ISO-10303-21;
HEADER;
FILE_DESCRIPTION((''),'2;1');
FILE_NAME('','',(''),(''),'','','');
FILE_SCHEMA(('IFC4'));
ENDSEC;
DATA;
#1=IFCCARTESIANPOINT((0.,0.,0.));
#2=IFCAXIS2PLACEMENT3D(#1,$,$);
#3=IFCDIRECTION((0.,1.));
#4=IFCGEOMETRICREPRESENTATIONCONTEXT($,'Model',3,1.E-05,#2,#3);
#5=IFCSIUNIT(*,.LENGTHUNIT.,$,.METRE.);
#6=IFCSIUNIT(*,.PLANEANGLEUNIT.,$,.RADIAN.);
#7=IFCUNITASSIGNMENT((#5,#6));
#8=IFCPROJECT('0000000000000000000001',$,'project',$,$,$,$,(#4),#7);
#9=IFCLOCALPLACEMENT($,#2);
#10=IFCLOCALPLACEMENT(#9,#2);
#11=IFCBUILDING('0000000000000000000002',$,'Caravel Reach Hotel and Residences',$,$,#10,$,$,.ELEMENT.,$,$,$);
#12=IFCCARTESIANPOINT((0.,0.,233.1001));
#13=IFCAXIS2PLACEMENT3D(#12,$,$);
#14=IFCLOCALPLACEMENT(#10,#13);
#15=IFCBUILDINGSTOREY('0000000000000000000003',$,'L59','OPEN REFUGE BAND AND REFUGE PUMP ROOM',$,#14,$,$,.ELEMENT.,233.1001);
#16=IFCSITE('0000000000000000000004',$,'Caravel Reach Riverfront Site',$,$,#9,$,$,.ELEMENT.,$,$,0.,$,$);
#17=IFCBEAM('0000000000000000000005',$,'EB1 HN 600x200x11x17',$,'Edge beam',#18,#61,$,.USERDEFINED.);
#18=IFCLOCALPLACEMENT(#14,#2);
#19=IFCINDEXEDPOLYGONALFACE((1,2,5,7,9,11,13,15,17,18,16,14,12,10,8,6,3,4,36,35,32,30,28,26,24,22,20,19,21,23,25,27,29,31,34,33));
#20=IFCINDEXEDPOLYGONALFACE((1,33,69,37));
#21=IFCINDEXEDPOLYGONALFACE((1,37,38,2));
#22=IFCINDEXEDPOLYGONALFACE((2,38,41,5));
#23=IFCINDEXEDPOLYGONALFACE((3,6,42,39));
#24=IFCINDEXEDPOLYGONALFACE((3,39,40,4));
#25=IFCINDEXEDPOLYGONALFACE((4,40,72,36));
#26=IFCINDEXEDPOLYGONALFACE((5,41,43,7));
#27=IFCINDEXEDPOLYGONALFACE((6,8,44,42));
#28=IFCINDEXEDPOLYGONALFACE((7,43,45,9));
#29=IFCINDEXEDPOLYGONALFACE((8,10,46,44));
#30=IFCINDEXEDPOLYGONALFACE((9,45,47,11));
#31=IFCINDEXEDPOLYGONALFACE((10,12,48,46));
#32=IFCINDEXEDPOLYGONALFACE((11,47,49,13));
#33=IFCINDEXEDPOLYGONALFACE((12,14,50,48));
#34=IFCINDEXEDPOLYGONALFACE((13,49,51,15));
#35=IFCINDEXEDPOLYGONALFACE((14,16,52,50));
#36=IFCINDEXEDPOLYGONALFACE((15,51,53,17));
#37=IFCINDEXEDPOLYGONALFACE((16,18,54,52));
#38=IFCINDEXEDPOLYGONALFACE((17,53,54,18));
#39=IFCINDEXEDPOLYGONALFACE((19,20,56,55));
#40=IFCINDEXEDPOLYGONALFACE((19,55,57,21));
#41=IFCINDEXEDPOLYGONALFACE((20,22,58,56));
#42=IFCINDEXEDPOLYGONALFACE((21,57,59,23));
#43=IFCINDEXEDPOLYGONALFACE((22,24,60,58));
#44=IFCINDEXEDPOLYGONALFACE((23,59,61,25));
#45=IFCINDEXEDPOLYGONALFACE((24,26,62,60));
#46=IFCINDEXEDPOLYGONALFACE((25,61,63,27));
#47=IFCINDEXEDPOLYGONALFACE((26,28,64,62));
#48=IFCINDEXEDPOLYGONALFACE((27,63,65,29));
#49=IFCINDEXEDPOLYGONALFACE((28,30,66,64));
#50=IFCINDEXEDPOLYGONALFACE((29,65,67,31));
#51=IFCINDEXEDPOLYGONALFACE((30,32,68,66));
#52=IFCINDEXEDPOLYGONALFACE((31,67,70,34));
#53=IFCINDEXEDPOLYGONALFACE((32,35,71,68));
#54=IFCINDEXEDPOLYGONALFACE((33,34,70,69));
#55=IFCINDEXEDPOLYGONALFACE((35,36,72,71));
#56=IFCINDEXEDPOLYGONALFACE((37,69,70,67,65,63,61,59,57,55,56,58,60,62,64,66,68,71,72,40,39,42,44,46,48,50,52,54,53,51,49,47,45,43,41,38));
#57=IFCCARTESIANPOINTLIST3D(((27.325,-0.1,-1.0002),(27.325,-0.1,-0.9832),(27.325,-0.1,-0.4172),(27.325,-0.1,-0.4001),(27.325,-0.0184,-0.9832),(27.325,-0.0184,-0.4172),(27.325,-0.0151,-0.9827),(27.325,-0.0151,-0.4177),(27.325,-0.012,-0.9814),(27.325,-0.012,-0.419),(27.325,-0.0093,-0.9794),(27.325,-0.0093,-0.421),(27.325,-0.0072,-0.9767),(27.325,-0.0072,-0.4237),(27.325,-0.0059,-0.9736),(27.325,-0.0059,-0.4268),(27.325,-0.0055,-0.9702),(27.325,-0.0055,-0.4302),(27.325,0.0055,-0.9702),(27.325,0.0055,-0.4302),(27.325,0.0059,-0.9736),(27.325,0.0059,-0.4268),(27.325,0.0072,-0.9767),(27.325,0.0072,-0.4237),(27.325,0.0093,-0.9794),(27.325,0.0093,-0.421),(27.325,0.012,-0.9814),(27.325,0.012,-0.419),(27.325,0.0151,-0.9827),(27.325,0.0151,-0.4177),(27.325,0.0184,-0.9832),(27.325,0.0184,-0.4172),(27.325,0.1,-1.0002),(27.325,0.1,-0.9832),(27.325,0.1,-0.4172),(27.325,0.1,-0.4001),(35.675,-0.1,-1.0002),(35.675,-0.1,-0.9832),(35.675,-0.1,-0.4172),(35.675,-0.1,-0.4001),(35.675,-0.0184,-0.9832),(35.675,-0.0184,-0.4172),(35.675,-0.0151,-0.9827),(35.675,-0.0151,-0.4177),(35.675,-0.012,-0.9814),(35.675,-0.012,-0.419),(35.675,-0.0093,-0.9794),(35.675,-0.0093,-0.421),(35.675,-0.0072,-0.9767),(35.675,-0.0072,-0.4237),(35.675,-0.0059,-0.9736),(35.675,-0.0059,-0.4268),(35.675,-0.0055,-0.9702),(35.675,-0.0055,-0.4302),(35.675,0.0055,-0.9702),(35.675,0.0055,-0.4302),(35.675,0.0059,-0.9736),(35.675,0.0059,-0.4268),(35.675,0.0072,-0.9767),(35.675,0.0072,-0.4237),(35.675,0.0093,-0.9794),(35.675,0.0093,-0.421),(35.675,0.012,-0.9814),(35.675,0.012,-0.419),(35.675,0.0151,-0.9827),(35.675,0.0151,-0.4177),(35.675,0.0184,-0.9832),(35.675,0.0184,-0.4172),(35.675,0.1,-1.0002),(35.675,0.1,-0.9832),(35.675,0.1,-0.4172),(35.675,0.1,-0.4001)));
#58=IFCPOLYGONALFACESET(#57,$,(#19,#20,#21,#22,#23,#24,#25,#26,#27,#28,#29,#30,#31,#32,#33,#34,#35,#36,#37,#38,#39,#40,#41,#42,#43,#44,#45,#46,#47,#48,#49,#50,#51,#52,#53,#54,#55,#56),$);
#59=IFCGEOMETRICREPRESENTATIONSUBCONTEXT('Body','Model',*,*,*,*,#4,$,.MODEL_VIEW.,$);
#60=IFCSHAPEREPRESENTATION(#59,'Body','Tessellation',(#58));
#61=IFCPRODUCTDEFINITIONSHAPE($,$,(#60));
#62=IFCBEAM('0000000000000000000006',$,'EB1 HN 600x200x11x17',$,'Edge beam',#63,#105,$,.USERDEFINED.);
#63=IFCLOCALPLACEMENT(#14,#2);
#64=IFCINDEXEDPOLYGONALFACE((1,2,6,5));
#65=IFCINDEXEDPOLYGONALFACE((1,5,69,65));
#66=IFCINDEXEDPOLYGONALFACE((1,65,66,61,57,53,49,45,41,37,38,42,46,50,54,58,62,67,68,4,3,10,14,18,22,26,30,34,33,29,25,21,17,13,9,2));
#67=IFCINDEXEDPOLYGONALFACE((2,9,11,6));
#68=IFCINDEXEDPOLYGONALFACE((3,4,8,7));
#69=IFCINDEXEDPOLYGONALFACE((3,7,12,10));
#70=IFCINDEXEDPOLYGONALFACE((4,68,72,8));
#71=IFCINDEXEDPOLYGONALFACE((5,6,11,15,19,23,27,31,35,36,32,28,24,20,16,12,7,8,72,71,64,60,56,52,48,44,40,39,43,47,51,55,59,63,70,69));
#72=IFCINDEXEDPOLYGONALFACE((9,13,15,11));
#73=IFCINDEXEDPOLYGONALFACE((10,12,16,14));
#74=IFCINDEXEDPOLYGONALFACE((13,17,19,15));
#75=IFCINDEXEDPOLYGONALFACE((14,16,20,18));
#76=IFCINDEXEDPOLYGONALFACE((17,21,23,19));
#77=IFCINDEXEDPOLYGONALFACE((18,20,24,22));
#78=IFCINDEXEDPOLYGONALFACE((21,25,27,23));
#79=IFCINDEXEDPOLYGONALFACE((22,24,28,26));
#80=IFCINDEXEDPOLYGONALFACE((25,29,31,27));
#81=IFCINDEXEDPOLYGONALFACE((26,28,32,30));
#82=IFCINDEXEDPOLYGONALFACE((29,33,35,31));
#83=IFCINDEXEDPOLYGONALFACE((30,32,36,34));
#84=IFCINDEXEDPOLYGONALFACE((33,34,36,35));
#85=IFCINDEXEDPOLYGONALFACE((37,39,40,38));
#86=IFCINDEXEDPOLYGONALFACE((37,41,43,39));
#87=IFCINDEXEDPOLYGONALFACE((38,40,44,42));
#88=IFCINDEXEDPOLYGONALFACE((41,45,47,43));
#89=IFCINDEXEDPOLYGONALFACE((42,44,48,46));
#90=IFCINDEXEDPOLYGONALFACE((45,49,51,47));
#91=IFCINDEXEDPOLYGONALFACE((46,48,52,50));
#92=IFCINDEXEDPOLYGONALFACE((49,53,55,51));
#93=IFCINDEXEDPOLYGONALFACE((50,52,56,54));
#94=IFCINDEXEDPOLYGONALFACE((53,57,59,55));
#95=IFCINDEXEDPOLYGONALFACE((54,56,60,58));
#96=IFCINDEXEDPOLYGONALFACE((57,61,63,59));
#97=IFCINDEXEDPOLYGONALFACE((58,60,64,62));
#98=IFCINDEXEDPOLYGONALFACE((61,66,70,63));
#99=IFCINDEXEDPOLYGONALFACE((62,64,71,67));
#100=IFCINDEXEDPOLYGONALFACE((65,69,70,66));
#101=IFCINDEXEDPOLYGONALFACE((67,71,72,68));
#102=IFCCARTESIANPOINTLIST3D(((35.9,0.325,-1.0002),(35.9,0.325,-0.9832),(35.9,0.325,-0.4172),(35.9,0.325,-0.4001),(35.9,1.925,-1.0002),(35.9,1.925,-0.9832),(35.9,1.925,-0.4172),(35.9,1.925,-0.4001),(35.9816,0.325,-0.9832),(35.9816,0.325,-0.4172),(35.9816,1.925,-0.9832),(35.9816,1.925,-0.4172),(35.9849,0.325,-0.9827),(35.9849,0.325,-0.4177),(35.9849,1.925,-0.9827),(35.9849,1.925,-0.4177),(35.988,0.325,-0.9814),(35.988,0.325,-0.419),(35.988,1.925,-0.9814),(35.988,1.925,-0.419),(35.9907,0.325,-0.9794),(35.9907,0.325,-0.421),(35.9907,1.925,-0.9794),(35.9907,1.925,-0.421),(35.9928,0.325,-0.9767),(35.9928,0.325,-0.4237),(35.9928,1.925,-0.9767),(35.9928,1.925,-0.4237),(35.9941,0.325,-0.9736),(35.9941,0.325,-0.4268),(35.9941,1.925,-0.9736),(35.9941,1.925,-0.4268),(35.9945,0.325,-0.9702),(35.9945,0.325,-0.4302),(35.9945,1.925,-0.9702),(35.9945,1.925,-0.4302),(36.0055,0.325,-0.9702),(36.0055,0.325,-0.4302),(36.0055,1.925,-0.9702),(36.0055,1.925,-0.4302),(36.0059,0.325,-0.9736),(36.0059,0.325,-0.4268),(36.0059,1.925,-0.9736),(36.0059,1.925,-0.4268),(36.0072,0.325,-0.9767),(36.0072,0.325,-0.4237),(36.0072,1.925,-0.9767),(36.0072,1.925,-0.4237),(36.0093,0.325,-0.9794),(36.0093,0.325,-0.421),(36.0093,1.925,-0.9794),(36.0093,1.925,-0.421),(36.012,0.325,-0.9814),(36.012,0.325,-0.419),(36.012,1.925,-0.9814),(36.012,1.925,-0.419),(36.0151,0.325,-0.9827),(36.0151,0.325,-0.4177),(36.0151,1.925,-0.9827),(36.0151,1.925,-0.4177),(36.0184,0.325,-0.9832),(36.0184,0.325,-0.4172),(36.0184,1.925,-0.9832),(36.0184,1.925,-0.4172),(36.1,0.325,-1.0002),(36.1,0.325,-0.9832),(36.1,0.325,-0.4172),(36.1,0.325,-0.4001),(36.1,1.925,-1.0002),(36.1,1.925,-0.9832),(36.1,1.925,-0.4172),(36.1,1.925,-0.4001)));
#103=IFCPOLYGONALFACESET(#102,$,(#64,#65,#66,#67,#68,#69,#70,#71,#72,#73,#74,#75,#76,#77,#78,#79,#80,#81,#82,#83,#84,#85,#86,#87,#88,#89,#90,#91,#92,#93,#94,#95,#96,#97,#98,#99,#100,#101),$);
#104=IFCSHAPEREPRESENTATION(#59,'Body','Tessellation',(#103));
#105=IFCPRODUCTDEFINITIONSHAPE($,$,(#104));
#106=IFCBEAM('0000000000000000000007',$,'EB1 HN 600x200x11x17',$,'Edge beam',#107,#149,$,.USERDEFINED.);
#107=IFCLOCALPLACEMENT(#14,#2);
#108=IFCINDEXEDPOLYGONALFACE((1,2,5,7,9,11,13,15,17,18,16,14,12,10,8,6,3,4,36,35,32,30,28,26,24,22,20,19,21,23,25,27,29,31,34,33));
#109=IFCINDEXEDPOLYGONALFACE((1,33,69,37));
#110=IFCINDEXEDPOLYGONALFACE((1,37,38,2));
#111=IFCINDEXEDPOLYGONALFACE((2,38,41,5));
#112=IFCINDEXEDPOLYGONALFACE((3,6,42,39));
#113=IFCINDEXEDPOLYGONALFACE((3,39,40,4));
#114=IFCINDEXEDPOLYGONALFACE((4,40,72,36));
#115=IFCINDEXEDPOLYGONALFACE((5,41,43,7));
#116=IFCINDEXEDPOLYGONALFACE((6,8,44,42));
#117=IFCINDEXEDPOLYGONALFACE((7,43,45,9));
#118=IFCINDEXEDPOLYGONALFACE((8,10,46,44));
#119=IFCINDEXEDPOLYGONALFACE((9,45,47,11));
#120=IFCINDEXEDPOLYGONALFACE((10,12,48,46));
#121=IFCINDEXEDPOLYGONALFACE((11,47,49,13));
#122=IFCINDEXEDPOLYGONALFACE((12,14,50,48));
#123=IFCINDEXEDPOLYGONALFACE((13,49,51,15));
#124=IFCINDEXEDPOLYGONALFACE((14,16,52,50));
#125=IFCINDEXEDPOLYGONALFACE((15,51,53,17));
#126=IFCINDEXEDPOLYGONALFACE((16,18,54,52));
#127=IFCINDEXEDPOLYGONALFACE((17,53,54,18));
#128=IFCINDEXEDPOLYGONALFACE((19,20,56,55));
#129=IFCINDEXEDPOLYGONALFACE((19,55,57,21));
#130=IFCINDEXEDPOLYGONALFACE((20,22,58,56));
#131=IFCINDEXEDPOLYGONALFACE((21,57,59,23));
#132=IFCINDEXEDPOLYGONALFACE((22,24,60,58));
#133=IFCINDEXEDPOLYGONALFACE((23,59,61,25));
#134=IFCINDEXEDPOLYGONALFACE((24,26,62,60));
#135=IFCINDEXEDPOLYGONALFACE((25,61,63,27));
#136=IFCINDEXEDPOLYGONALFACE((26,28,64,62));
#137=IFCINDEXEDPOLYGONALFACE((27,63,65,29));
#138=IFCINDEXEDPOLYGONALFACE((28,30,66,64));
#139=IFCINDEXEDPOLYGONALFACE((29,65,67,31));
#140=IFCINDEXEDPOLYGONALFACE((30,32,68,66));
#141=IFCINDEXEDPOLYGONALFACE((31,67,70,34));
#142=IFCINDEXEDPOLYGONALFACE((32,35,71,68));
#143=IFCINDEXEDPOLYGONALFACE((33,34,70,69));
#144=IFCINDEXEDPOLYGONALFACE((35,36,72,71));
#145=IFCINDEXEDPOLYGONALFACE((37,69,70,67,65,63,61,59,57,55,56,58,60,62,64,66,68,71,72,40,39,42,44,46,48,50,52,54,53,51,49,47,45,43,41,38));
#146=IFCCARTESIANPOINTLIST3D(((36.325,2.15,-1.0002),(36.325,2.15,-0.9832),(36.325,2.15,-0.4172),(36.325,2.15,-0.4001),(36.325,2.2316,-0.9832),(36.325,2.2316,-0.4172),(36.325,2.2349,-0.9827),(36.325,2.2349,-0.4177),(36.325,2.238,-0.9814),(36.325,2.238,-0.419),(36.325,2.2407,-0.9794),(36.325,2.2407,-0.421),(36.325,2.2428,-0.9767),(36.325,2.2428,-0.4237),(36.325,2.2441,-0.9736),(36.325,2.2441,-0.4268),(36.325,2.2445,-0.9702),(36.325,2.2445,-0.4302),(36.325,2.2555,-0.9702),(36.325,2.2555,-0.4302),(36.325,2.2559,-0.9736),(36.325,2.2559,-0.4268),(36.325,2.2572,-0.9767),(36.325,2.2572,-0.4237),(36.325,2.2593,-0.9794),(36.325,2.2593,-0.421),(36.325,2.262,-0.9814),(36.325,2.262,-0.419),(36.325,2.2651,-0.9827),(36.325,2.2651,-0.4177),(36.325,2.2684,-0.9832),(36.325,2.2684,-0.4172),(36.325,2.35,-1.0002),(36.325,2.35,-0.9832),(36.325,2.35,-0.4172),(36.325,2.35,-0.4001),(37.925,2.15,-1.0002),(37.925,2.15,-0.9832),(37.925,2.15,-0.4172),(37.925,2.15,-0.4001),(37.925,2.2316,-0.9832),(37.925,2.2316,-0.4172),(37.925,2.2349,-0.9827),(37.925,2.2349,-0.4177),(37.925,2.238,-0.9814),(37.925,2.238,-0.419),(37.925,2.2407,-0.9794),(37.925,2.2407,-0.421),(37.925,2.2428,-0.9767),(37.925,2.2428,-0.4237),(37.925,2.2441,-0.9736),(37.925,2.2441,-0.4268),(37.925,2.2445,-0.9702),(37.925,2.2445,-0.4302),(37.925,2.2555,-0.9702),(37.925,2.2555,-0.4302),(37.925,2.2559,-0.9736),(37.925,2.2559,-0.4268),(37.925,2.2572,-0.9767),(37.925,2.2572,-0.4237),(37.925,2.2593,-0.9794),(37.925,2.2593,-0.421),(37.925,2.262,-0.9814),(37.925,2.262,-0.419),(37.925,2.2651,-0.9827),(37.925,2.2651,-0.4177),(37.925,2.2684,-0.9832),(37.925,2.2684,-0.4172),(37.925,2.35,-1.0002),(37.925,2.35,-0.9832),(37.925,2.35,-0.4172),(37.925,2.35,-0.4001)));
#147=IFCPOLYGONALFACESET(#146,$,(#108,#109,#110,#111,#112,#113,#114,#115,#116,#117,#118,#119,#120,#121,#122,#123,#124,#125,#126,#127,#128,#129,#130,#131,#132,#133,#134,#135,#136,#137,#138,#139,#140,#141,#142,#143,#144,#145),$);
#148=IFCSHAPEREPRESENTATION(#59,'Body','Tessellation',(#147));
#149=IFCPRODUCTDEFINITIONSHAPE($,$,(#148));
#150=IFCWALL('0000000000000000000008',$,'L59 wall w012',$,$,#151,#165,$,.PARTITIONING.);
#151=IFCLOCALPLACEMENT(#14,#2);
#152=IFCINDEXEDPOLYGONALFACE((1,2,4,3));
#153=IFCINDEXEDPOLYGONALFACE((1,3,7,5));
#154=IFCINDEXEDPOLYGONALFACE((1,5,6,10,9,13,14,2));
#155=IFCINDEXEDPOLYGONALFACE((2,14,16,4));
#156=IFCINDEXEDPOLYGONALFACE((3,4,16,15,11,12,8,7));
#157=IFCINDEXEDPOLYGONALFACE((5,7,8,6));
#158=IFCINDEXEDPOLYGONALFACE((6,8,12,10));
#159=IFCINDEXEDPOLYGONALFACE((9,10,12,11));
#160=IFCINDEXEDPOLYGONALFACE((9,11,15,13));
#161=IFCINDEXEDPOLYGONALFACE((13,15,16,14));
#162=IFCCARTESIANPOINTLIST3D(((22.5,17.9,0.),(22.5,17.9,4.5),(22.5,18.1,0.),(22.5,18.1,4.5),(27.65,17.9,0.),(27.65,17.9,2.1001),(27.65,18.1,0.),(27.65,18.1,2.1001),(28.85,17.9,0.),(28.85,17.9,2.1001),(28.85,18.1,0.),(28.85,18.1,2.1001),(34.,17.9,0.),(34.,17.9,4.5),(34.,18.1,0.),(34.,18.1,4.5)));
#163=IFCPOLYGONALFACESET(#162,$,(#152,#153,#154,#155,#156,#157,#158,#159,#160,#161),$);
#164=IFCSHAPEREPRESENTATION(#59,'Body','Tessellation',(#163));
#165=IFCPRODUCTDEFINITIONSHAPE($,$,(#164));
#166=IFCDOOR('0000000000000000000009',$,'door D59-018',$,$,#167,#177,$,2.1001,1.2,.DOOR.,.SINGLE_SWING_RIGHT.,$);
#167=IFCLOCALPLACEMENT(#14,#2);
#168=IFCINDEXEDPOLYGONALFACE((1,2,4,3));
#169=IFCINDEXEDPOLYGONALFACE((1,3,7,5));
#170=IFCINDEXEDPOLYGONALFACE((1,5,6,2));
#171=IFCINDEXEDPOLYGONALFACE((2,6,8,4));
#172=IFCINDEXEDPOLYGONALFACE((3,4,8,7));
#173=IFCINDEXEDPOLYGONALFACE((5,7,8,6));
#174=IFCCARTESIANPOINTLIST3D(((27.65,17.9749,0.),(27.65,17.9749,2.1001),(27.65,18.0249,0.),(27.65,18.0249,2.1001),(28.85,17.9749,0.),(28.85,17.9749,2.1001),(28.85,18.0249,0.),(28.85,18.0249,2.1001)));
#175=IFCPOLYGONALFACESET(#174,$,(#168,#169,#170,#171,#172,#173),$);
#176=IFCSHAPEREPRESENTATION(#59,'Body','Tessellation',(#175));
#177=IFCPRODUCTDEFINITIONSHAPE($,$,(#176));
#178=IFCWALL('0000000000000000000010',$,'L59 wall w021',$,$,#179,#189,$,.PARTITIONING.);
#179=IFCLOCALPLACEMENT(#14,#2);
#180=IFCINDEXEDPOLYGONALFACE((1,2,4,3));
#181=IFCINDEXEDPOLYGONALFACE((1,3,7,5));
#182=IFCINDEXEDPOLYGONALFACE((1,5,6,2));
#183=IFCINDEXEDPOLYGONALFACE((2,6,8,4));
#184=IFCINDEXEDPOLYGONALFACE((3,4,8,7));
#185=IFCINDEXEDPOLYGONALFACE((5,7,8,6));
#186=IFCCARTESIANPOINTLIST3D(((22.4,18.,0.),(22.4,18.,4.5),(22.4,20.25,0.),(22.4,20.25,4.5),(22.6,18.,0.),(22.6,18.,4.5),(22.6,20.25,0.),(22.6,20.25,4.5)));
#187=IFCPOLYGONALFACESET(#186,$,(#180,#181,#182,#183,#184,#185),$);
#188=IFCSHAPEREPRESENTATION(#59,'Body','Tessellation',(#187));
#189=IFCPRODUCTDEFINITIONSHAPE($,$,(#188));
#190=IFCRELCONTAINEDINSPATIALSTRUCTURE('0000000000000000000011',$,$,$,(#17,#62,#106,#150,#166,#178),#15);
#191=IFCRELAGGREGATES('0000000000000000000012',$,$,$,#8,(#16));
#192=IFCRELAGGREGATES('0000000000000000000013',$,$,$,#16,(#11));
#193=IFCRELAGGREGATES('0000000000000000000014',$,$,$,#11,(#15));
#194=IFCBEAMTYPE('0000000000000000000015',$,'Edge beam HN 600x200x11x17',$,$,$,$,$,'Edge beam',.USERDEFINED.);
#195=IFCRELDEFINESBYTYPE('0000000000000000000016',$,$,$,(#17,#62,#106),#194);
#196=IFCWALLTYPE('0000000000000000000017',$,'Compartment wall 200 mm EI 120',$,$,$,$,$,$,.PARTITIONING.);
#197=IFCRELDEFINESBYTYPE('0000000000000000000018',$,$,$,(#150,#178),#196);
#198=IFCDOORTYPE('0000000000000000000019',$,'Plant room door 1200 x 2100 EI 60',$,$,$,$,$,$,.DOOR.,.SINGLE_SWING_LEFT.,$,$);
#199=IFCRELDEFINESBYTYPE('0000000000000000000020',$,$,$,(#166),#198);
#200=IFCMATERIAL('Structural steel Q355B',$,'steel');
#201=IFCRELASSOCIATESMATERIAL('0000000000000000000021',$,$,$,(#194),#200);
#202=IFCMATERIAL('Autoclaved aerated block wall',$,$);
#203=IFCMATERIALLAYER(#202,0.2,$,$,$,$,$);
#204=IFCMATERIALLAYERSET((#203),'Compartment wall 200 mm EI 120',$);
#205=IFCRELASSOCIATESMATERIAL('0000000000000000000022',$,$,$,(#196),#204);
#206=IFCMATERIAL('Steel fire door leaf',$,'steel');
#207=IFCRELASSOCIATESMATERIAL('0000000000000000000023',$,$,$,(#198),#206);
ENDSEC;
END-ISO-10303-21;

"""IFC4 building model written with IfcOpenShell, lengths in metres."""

from ifc_helpers import new_model, si_unit, direction, frame, frame_2d, origin, origin_2d, place, context, subcontext, project, spatial, rectangle, i_section, extrude, material, layer, layer_set, material_profile, profile_set, type_object, element, fill, save


model = new_model("IFC4")

# Units and contexts
model_context = context("Model", 3, precision=1e-05, world=origin(), true_north=direction((0.0, 1.0)))
body_context = subcontext(model_context, "Body", "Model", "MODEL_VIEW")
ifc_project = project(units=[si_unit("LENGTHUNIT", "METRE"), si_unit("PLANEANGLEUNIT", "RADIAN")], contexts=[model_context])

# Site, building, storey
site_placement = place(None, origin())
site = spatial("IfcSite", under=ifc_project, at=site_placement, Name="Caravel Reach Riverfront Site", CompositionType="ELEMENT", RefElevation=0.0)
building_placement = place(site_placement, origin())
building = spatial("IfcBuilding", under=site, at=building_placement, Name="Caravel Reach Hotel and Residences", CompositionType="ELEMENT")
storey_placement = place(building_placement, frame((0.0, 0.0, 233.1001)))
storey = spatial("IfcBuildingStorey", under=building, at=storey_placement, Name="L59", Description="OPEN REFUGE BAND AND REFUGE PUMP ROOM", CompositionType="ELEMENT", Elevation=233.1001)

# Beams
ifc_material_1 = material(Name="Structural steel Q355B", Category="steel")
ifc_material_profile_1 = material_profile(ifc_material_1, i_section(OverallWidth=0.2, OverallDepth=0.6001, WebThickness=0.011, FlangeThickness=0.0171, FilletRadius=0.0129, at=origin_2d()), Name="HN 600x200x11x17")
ifc_profile_set_1 = profile_set([ifc_material_profile_1], Name="Structural steel Q355B")
beam_type_1 = type_object("IfcBeamType", Name="Edge beam HN 600x200x11x17", ElementType="Edge beam", PredefinedType="USERDEFINED", material=ifc_profile_set_1)
beam_1_placement = place(storey_placement, frame((27.325, 0.0, -0.7002), z_axis=(1.0, 0.0, 0.0), x_axis=(0.0, 1.0, 0.0)))
element("IfcBeam", 1, at=beam_1_placement, inside=storey, type_object=beam_type_1, Name="EB1 HN 600x200x11x17", ObjectType="Edge beam", PredefinedType="USERDEFINED", context=body_context, shape_type="SweptSolid", body=[
    extrude(i_section(OverallWidth=0.2, OverallDepth=0.6001, WebThickness=0.011, FlangeThickness=0.0171, FilletRadius=0.0129, at=origin_2d()), origin(), (0.0, 0.0, 1.0), 8.3501),
])
for number, where, z_axis, x_axis, name in (
    (2, (36.0, 0.325, -0.7002), (0.0, 1.0, 0.0), (-1.0, 0.0, 0.0), "EB1 HN 600x200x11x17"),
    (3, (36.325, 2.25, -0.7002), (1.0, 0.0, 0.0), (0.0, 1.0, 0.0), "EB1 HN 600x200x11x17"),
):
    element("IfcBeam", number, at=place(storey_placement, frame(where, z_axis=z_axis, x_axis=x_axis)), inside=storey, type_object=beam_type_1, Name=name, ObjectType="Edge beam", PredefinedType="USERDEFINED", context=body_context, shape_type="SweptSolid", body=[
        extrude(i_section(OverallWidth=0.2, OverallDepth=0.6001, WebThickness=0.011, FlangeThickness=0.0171, FilletRadius=0.0129, at=origin_2d()), origin(), (0.0, 0.0, 1.0), 1.6001),
    ])

# Wall, opening, door
ifc_material_2 = material(Name="Autoclaved aerated block wall")
ifc_layer_1 = layer(ifc_material_2, 0.2)
ifc_layer_set_1 = layer_set([ifc_layer_1], Name="Compartment wall 200 mm EI 120")
wall_type_1 = type_object("IfcWallType", Name="Compartment wall 200 mm EI 120", PredefinedType="PARTITIONING", material=ifc_layer_set_1)
wall_1_placement = place(storey_placement, frame((22.5, 18.0, 0.0), z_axis=(0.0, 0.0, 1.0), x_axis=(1.0, 0.0, 0.0)))
wall_1 = element("IfcWall", 4, at=wall_1_placement, inside=storey, type_object=wall_type_1, Name="L59 wall w012", PredefinedType="PARTITIONING", context=body_context, shape_type="SweptSolid", body=[
    extrude(rectangle(XDim=11.5, YDim=0.2, at=frame_2d((5.75, 0.0))), origin(), (0.0, 0.0, 1.0), 4.5),
])
opening_1_placement = place(wall_1_placement, frame((5.1499, 0.0, 0.0)))
opening_1 = element("IfcOpeningElement", 5, at=opening_1_placement, cuts=wall_1, PredefinedType="OPENING", context=body_context, shape_type="SweptSolid", body=[
    extrude(rectangle(XDim=1.2, YDim=2.1001, at=frame_2d((0.6001, 1.05))), frame((0.0, 0.1099, 0.0), z_axis=(0.0, -1.0, 0.0), x_axis=(1.0, 0.0, 0.0)), (0.0, 0.0, 1.0), 0.22),
])
ifc_material_3 = material(Name="Steel fire door leaf", Category="steel")
door_type_1 = type_object("IfcDoorType", Name="Plant room door 1200 x 2100 EI 60", OperationType="SINGLE_SWING_LEFT", PredefinedType="DOOR", material=ifc_material_3)
door_1_placement = place(opening_1_placement, origin())
door_1 = element("IfcDoor", 6, at=door_1_placement, inside=storey, type_object=door_type_1, Name="door D59-018", OperationType="SINGLE_SWING_RIGHT", OverallHeight=2.1001, OverallWidth=1.2, PredefinedType="DOOR", context=body_context, shape_type="SweptSolid", body=[
    extrude(rectangle(XDim=1.2, YDim=2.1001, at=frame_2d((0.6001, 1.05))), frame((0.0, 0.0249, 0.0), z_axis=(0.0, -1.0, 0.0), x_axis=(1.0, 0.0, 0.0)), (0.0, 0.0, 1.0), 0.05),
])
fill(opening_1, door_1)

# Wall
wall_2_placement = place(storey_placement, frame((22.5, 18.0, 0.0), z_axis=(0.0, 0.0, 1.0), x_axis=(0.0, 1.0, 0.0)))
element("IfcWall", 7, at=wall_2_placement, inside=storey, type_object=wall_type_1, Name="L59 wall w021", PredefinedType="PARTITIONING", context=body_context, shape_type="SweptSolid", body=[
    extrude(rectangle(XDim=2.25, YDim=0.2, at=frame_2d((1.125, 0.0))), origin(), (0.0, 0.0, 1.0), 4.5),
])

save(model, "model.ifc")
